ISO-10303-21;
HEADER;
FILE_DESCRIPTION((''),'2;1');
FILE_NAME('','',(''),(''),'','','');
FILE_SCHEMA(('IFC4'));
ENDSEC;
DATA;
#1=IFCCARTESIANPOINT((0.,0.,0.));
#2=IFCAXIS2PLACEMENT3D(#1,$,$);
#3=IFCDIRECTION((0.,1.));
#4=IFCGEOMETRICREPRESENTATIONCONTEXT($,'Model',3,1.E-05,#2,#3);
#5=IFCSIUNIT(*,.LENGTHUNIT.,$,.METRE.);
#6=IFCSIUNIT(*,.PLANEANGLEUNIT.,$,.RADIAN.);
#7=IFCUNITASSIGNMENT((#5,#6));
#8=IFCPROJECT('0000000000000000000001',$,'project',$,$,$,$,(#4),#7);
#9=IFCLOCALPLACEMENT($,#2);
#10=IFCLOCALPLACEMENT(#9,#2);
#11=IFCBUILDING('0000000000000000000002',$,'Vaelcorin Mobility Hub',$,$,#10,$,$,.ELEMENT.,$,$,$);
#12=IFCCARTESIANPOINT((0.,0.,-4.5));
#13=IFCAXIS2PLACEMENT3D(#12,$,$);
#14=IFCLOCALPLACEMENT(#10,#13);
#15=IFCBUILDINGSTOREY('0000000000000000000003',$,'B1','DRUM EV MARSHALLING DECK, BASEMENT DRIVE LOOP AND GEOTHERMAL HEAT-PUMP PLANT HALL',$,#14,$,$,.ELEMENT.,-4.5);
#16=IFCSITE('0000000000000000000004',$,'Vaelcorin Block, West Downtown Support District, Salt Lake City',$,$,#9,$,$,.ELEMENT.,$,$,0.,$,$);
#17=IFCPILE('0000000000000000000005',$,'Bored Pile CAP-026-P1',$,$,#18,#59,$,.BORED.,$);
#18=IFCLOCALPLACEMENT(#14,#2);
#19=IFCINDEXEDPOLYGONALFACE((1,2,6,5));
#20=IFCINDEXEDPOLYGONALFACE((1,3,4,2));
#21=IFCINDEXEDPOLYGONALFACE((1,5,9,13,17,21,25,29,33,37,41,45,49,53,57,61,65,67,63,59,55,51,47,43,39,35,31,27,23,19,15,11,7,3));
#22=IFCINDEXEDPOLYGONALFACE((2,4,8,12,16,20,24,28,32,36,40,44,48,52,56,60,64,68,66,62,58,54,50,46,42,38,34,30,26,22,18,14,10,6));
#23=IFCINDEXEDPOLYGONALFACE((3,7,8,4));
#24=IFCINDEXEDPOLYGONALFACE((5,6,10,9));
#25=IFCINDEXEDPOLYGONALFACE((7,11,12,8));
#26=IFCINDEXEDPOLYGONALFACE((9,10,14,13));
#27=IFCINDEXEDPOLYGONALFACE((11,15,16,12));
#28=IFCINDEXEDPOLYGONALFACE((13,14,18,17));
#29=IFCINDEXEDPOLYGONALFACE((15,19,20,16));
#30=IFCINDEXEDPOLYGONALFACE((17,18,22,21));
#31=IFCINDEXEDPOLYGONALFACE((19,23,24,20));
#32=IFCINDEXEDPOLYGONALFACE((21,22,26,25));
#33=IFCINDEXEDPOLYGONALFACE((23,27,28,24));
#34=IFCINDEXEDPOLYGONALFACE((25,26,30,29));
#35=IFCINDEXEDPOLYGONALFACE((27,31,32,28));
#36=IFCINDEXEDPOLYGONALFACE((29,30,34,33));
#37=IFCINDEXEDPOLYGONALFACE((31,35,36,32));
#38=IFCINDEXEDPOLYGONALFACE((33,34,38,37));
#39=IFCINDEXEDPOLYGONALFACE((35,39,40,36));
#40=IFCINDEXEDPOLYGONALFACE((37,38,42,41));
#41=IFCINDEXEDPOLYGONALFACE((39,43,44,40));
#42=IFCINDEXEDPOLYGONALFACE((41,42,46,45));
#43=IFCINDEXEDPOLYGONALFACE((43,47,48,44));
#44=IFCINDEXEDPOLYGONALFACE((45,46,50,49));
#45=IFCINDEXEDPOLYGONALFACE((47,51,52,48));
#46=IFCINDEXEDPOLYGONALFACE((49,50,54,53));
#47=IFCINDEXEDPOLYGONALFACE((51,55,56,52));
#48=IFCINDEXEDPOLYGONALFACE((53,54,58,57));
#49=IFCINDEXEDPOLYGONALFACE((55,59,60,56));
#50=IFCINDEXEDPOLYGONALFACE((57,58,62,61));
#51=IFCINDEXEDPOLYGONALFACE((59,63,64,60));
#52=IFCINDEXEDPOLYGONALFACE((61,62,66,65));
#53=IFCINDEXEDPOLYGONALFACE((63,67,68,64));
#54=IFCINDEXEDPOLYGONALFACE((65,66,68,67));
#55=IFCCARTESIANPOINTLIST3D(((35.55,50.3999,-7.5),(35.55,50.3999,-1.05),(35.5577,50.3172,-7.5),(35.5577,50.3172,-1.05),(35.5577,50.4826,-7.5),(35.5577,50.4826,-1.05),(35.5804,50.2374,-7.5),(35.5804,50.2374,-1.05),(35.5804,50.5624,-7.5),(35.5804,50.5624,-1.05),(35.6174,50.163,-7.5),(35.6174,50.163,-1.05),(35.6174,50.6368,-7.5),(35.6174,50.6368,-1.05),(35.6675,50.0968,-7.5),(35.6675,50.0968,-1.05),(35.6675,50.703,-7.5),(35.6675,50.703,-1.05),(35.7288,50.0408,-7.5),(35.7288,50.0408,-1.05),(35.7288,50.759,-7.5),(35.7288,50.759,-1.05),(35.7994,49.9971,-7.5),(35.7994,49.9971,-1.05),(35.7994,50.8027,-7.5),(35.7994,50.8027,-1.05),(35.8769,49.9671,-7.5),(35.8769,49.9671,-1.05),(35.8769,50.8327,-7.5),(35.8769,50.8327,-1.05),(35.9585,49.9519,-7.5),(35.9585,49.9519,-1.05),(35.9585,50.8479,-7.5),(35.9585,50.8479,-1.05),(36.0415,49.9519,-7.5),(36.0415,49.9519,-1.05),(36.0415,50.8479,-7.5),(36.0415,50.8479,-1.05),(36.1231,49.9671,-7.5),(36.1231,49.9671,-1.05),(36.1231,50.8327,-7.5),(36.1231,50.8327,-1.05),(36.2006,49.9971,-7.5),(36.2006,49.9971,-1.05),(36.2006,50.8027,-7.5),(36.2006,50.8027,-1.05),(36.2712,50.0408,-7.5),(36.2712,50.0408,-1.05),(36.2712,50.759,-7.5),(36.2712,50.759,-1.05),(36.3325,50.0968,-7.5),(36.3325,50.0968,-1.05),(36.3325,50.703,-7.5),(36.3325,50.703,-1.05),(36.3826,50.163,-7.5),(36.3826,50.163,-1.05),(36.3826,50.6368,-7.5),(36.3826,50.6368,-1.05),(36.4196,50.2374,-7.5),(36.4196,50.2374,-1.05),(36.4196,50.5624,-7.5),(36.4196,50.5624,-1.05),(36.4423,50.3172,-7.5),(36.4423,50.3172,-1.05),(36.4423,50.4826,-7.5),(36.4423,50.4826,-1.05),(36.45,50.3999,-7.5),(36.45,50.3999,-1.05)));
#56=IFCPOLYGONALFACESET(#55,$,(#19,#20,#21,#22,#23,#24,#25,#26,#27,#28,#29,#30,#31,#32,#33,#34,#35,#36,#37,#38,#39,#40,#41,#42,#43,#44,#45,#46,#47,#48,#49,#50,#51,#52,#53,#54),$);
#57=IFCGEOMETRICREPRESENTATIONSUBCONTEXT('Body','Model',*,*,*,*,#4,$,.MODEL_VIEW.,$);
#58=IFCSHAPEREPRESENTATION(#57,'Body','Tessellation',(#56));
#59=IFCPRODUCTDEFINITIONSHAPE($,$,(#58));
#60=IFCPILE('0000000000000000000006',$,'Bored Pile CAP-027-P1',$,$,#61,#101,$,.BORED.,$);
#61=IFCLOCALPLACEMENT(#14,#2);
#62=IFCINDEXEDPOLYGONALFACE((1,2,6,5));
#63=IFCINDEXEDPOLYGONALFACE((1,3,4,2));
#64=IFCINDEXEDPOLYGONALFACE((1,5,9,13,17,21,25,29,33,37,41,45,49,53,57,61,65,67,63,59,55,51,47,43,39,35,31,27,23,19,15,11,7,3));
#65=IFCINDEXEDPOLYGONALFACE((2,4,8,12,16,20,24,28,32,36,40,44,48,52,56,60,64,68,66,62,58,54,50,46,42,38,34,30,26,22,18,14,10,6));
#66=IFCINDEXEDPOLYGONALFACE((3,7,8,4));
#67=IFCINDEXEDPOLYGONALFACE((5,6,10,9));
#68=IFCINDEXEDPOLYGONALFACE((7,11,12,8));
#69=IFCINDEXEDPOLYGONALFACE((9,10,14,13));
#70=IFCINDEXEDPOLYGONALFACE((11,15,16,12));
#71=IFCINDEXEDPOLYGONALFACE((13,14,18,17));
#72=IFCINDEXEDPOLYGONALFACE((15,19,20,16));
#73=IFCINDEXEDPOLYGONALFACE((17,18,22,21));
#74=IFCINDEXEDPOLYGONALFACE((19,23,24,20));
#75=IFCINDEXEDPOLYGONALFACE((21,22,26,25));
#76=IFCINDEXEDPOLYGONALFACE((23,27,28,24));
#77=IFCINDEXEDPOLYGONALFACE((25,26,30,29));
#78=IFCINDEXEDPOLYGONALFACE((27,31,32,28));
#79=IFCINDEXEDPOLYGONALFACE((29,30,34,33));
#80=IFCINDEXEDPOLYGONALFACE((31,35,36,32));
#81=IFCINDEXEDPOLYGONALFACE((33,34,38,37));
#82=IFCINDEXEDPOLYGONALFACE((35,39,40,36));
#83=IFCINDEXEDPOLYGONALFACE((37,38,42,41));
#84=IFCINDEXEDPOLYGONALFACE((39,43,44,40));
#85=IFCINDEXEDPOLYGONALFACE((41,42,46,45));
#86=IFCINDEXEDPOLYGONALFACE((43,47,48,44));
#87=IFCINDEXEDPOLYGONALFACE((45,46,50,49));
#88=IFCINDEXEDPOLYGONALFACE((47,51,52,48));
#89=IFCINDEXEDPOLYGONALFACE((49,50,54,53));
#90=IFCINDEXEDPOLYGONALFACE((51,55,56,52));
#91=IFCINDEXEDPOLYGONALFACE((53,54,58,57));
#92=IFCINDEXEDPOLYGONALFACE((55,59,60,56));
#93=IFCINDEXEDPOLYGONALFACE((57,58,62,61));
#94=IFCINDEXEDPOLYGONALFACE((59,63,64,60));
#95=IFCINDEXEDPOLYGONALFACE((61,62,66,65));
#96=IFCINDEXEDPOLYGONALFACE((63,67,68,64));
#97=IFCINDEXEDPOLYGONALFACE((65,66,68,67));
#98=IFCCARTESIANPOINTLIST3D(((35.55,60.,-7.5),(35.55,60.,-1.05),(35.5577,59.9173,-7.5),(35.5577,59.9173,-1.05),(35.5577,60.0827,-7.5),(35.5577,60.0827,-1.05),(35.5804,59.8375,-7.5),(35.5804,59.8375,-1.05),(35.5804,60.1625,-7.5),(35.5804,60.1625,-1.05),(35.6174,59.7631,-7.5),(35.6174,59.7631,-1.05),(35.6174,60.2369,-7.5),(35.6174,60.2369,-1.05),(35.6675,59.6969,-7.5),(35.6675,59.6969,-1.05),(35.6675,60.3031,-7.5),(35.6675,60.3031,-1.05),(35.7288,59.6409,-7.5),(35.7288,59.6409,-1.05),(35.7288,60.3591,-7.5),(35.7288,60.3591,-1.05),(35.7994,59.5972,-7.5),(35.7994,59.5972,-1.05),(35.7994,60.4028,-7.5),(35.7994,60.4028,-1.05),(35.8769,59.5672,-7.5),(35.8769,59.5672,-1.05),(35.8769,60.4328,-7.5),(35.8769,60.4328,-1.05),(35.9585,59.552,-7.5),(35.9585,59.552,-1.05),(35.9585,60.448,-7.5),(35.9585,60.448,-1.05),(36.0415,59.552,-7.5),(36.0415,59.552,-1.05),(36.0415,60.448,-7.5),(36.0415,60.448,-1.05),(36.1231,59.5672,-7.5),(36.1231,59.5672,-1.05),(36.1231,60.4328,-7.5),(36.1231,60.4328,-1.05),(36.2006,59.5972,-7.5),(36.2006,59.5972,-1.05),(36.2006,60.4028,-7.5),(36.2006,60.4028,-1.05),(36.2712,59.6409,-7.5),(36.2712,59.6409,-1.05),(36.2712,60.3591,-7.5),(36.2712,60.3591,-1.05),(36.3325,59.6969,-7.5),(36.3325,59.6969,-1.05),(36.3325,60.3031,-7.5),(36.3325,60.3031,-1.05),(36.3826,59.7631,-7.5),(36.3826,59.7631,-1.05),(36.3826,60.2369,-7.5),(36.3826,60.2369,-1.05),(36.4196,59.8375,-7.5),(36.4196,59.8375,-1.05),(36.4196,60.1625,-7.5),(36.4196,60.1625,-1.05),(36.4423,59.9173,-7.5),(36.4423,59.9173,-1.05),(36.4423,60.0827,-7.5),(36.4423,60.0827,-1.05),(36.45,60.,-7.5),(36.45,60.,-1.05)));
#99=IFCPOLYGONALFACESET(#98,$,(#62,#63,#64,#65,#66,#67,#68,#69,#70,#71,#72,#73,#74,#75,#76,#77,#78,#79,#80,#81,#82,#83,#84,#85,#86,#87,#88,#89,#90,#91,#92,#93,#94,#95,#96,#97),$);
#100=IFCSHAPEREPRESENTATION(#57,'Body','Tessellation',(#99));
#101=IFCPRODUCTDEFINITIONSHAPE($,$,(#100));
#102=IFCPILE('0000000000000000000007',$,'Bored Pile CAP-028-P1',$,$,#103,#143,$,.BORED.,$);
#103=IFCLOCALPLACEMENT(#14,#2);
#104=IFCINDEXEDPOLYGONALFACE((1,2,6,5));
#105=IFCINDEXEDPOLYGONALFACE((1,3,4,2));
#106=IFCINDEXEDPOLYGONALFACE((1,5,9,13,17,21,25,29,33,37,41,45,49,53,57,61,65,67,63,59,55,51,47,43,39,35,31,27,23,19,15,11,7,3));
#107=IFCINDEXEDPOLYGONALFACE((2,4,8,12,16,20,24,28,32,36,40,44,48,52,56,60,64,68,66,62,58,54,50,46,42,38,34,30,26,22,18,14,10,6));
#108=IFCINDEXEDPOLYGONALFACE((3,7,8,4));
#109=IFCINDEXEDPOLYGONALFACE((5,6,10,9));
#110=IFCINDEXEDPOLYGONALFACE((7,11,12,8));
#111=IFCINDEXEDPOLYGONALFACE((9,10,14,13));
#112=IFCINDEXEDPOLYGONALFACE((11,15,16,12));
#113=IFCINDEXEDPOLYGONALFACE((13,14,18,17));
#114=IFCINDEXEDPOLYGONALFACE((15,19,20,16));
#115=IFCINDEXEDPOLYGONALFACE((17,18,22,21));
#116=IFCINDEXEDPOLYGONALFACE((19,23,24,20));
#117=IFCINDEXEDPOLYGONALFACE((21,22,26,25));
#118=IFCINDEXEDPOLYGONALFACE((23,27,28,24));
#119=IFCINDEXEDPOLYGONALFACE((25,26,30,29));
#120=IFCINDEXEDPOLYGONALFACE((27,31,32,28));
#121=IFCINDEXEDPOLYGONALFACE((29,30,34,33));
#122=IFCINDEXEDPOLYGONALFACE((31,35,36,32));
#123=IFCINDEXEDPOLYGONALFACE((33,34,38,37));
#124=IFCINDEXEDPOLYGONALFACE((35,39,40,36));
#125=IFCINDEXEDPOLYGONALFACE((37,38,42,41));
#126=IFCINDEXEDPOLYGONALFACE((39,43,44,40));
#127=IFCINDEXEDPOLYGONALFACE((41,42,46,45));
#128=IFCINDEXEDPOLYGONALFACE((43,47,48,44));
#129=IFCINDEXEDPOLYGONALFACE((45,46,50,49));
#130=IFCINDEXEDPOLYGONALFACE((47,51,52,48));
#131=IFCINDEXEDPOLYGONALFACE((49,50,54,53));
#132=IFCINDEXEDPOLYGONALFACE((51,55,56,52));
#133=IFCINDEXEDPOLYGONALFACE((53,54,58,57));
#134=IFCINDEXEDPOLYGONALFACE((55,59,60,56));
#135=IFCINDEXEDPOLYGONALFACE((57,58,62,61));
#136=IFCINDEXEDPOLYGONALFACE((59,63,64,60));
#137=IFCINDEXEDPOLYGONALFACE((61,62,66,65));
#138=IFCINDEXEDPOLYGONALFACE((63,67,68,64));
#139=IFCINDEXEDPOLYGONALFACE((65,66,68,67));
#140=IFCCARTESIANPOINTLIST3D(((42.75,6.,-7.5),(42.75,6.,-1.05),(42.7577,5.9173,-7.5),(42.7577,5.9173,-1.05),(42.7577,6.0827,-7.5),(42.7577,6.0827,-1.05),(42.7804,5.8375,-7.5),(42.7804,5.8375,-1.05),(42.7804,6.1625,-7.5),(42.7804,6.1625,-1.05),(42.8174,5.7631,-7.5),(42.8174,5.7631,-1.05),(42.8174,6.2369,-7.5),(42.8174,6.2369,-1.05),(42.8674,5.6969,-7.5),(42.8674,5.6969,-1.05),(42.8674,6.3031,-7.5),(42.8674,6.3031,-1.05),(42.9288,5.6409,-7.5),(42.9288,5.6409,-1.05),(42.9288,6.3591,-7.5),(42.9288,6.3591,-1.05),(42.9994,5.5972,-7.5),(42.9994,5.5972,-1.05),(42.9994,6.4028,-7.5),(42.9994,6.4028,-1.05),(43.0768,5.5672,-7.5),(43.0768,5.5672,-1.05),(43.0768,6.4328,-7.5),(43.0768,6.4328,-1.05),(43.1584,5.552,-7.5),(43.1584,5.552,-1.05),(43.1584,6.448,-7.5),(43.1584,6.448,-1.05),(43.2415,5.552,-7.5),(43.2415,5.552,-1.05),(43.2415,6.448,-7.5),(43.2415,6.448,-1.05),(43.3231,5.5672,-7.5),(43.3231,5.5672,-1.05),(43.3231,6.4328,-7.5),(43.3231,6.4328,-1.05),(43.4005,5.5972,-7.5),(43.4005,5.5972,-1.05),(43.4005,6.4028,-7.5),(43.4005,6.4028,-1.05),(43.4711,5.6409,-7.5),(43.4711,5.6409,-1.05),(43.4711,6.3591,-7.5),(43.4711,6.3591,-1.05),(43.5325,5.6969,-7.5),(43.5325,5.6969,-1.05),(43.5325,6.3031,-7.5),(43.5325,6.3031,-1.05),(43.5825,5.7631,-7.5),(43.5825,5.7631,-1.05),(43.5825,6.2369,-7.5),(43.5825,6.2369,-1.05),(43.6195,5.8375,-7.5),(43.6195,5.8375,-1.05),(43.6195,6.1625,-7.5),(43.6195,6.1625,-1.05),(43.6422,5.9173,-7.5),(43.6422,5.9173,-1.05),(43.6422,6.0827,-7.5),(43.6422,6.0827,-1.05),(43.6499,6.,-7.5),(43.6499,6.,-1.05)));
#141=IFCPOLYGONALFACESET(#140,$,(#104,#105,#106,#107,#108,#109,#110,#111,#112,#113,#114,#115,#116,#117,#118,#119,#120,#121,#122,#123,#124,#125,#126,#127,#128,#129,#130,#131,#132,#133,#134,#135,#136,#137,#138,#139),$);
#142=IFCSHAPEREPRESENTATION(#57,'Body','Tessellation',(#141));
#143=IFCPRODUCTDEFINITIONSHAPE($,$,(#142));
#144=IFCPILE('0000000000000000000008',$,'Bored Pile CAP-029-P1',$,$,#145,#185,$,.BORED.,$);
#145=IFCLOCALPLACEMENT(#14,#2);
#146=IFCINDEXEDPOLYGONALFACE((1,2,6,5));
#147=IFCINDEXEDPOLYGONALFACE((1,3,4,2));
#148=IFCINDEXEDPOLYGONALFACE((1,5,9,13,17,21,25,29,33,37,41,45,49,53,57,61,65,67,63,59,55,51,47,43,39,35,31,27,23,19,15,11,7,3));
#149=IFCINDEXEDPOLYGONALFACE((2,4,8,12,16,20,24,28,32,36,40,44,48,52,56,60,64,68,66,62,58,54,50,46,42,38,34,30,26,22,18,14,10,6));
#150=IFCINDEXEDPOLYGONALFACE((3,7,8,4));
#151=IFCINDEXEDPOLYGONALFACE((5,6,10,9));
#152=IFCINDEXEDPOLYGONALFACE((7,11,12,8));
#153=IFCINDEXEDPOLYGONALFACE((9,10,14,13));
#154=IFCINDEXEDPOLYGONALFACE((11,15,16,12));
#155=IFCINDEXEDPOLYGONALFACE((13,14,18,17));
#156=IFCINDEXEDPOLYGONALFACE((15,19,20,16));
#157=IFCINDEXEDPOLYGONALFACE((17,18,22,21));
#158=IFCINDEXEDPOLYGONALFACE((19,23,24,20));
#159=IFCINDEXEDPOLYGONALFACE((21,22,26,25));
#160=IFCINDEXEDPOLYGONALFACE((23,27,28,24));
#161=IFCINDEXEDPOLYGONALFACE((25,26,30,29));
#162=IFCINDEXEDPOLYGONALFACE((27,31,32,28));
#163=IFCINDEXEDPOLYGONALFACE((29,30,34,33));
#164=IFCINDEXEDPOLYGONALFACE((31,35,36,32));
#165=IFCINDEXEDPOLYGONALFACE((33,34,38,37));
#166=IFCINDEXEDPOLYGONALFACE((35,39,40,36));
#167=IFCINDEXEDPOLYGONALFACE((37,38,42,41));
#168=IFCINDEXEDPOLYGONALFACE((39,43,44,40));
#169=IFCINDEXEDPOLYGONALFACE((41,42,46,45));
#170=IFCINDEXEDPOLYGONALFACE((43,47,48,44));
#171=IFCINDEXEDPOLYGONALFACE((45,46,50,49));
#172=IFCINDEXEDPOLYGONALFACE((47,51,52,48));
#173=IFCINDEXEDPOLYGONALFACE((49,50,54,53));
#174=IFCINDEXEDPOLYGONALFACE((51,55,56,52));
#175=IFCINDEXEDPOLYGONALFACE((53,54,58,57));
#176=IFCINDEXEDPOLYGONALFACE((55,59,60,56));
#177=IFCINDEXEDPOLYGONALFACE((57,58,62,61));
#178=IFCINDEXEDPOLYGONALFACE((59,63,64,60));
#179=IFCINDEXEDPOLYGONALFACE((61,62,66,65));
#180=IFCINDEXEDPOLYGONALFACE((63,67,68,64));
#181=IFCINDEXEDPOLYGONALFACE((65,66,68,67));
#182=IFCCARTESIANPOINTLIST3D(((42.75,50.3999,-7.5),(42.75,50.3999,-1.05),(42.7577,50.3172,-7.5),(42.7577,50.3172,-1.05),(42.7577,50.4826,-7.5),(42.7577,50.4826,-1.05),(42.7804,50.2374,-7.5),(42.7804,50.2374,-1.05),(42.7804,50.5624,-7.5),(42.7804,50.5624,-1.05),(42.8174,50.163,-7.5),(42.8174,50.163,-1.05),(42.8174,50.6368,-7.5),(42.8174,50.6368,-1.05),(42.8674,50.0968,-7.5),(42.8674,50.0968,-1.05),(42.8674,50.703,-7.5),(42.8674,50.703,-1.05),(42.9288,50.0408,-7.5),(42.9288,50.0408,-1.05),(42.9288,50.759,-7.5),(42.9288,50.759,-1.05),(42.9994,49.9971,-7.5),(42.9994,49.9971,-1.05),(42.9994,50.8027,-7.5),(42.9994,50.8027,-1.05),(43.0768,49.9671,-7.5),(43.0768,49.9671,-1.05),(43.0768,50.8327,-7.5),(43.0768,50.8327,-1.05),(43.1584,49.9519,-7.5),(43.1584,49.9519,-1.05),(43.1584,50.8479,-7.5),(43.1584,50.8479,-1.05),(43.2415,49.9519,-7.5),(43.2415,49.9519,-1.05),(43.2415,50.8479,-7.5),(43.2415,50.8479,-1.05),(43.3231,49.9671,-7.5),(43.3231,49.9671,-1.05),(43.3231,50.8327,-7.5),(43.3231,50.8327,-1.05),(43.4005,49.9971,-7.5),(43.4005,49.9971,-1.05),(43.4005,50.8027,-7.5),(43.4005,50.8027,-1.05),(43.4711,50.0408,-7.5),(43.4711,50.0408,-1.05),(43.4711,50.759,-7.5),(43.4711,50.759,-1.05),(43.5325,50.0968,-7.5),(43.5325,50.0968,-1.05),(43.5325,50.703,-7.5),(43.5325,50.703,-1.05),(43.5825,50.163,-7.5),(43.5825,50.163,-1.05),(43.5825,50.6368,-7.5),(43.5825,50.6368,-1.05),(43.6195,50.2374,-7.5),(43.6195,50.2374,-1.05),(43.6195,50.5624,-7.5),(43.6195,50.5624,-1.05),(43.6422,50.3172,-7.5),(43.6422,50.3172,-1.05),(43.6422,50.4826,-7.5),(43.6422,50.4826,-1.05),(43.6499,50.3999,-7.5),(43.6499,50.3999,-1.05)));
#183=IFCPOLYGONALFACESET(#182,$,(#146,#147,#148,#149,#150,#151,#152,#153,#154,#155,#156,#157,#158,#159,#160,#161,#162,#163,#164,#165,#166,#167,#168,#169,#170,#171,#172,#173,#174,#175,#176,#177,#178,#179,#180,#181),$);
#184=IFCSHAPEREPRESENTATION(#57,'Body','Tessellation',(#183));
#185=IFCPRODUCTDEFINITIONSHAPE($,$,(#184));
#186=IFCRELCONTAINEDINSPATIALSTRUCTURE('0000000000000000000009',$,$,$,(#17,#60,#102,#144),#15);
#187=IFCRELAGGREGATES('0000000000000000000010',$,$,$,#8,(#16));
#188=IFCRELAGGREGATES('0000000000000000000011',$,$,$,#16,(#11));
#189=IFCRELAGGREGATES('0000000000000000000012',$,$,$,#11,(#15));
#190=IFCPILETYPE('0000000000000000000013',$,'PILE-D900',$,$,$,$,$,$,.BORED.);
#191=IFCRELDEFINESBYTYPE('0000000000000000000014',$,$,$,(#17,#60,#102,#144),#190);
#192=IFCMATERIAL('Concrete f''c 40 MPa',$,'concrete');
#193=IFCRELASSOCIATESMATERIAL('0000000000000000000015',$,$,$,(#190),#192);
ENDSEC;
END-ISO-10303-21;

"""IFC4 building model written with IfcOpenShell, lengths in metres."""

from ifc_helpers import new_model, si_unit, direction, frame, origin, origin_2d, place, context, subcontext, project, spatial, circle, extrude, material, material_profile, profile_set, type_object, element, save


model = new_model("IFC4")

# Units and contexts
model_context = context("Model", 3, precision=1e-05, world=origin(), true_north=direction((0.0, 1.0)))
body_context = subcontext(model_context, "Body", "Model", "MODEL_VIEW")
ifc_project = project(units=[si_unit("LENGTHUNIT", "METRE"), si_unit("PLANEANGLEUNIT", "RADIAN")], contexts=[model_context])

# Site, building, storey
site_placement = place(None, origin())
site = spatial("IfcSite", under=ifc_project, at=site_placement, Name="Vaelcorin Block, West Downtown Support District, Salt Lake City", CompositionType="ELEMENT", RefElevation=0.0)
building_placement = place(site_placement, origin())
building = spatial("IfcBuilding", under=site, at=building_placement, Name="Vaelcorin Mobility Hub", CompositionType="ELEMENT")
storey_placement = place(building_placement, frame((0.0, 0.0, -4.5)))
storey = spatial("IfcBuildingStorey", under=building, at=storey_placement, Name="B1", Description="DRUM EV MARSHALLING DECK, BASEMENT DRIVE LOOP AND GEOTHERMAL HEAT-PUMP PLANT HALL", CompositionType="ELEMENT", Elevation=-4.5)

# Shared definitions
ifc_material_1 = material(Name="Concrete f'c 40 MPa", Category="concrete")

# Piles
ifc_material_profile_1 = material_profile(ifc_material_1, circle(Radius=0.45, at=origin_2d()), Name="BP-D900")
ifc_profile_set_1 = profile_set([ifc_material_profile_1], Name="Concrete f'c 40 MPa")
pile_type = type_object("IfcPileType", Name="PILE-D900", PredefinedType="BORED", material=ifc_profile_set_1)
for number, where, z_axis, x_axis, name in (
    (1, (36.0, 50.3999, -1.05), (0.0, 0.0, -1.0), (1.0, 0.0, 0.0), "Bored Pile CAP-026-P1"),
    (2, (36.0, 60.0, -1.05), (0.0, 0.0, -1.0), (1.0, 0.0, 0.0), "Bored Pile CAP-027-P1"),
    (3, (43.2, 6.0, -1.05), (0.0, 0.0, -1.0), (1.0, 0.0, 0.0), "Bored Pile CAP-028-P1"),
    (4, (43.2, 50.3999, -1.05), (0.0, 0.0, -1.0), (1.0, 0.0, 0.0), "Bored Pile CAP-029-P1"),
):
    element("IfcPile", number, at=place(storey_placement, frame(where, z_axis=z_axis, x_axis=x_axis)), inside=storey, type_object=pile_type, Name=name, PredefinedType="BORED", context=body_context, shape_type="SweptSolid", body=[
        extrude(circle(Radius=0.45, at=origin_2d()), origin(), (0.0, 0.0, 1.0), 6.45),
    ])

save(model, "model.ifc")
